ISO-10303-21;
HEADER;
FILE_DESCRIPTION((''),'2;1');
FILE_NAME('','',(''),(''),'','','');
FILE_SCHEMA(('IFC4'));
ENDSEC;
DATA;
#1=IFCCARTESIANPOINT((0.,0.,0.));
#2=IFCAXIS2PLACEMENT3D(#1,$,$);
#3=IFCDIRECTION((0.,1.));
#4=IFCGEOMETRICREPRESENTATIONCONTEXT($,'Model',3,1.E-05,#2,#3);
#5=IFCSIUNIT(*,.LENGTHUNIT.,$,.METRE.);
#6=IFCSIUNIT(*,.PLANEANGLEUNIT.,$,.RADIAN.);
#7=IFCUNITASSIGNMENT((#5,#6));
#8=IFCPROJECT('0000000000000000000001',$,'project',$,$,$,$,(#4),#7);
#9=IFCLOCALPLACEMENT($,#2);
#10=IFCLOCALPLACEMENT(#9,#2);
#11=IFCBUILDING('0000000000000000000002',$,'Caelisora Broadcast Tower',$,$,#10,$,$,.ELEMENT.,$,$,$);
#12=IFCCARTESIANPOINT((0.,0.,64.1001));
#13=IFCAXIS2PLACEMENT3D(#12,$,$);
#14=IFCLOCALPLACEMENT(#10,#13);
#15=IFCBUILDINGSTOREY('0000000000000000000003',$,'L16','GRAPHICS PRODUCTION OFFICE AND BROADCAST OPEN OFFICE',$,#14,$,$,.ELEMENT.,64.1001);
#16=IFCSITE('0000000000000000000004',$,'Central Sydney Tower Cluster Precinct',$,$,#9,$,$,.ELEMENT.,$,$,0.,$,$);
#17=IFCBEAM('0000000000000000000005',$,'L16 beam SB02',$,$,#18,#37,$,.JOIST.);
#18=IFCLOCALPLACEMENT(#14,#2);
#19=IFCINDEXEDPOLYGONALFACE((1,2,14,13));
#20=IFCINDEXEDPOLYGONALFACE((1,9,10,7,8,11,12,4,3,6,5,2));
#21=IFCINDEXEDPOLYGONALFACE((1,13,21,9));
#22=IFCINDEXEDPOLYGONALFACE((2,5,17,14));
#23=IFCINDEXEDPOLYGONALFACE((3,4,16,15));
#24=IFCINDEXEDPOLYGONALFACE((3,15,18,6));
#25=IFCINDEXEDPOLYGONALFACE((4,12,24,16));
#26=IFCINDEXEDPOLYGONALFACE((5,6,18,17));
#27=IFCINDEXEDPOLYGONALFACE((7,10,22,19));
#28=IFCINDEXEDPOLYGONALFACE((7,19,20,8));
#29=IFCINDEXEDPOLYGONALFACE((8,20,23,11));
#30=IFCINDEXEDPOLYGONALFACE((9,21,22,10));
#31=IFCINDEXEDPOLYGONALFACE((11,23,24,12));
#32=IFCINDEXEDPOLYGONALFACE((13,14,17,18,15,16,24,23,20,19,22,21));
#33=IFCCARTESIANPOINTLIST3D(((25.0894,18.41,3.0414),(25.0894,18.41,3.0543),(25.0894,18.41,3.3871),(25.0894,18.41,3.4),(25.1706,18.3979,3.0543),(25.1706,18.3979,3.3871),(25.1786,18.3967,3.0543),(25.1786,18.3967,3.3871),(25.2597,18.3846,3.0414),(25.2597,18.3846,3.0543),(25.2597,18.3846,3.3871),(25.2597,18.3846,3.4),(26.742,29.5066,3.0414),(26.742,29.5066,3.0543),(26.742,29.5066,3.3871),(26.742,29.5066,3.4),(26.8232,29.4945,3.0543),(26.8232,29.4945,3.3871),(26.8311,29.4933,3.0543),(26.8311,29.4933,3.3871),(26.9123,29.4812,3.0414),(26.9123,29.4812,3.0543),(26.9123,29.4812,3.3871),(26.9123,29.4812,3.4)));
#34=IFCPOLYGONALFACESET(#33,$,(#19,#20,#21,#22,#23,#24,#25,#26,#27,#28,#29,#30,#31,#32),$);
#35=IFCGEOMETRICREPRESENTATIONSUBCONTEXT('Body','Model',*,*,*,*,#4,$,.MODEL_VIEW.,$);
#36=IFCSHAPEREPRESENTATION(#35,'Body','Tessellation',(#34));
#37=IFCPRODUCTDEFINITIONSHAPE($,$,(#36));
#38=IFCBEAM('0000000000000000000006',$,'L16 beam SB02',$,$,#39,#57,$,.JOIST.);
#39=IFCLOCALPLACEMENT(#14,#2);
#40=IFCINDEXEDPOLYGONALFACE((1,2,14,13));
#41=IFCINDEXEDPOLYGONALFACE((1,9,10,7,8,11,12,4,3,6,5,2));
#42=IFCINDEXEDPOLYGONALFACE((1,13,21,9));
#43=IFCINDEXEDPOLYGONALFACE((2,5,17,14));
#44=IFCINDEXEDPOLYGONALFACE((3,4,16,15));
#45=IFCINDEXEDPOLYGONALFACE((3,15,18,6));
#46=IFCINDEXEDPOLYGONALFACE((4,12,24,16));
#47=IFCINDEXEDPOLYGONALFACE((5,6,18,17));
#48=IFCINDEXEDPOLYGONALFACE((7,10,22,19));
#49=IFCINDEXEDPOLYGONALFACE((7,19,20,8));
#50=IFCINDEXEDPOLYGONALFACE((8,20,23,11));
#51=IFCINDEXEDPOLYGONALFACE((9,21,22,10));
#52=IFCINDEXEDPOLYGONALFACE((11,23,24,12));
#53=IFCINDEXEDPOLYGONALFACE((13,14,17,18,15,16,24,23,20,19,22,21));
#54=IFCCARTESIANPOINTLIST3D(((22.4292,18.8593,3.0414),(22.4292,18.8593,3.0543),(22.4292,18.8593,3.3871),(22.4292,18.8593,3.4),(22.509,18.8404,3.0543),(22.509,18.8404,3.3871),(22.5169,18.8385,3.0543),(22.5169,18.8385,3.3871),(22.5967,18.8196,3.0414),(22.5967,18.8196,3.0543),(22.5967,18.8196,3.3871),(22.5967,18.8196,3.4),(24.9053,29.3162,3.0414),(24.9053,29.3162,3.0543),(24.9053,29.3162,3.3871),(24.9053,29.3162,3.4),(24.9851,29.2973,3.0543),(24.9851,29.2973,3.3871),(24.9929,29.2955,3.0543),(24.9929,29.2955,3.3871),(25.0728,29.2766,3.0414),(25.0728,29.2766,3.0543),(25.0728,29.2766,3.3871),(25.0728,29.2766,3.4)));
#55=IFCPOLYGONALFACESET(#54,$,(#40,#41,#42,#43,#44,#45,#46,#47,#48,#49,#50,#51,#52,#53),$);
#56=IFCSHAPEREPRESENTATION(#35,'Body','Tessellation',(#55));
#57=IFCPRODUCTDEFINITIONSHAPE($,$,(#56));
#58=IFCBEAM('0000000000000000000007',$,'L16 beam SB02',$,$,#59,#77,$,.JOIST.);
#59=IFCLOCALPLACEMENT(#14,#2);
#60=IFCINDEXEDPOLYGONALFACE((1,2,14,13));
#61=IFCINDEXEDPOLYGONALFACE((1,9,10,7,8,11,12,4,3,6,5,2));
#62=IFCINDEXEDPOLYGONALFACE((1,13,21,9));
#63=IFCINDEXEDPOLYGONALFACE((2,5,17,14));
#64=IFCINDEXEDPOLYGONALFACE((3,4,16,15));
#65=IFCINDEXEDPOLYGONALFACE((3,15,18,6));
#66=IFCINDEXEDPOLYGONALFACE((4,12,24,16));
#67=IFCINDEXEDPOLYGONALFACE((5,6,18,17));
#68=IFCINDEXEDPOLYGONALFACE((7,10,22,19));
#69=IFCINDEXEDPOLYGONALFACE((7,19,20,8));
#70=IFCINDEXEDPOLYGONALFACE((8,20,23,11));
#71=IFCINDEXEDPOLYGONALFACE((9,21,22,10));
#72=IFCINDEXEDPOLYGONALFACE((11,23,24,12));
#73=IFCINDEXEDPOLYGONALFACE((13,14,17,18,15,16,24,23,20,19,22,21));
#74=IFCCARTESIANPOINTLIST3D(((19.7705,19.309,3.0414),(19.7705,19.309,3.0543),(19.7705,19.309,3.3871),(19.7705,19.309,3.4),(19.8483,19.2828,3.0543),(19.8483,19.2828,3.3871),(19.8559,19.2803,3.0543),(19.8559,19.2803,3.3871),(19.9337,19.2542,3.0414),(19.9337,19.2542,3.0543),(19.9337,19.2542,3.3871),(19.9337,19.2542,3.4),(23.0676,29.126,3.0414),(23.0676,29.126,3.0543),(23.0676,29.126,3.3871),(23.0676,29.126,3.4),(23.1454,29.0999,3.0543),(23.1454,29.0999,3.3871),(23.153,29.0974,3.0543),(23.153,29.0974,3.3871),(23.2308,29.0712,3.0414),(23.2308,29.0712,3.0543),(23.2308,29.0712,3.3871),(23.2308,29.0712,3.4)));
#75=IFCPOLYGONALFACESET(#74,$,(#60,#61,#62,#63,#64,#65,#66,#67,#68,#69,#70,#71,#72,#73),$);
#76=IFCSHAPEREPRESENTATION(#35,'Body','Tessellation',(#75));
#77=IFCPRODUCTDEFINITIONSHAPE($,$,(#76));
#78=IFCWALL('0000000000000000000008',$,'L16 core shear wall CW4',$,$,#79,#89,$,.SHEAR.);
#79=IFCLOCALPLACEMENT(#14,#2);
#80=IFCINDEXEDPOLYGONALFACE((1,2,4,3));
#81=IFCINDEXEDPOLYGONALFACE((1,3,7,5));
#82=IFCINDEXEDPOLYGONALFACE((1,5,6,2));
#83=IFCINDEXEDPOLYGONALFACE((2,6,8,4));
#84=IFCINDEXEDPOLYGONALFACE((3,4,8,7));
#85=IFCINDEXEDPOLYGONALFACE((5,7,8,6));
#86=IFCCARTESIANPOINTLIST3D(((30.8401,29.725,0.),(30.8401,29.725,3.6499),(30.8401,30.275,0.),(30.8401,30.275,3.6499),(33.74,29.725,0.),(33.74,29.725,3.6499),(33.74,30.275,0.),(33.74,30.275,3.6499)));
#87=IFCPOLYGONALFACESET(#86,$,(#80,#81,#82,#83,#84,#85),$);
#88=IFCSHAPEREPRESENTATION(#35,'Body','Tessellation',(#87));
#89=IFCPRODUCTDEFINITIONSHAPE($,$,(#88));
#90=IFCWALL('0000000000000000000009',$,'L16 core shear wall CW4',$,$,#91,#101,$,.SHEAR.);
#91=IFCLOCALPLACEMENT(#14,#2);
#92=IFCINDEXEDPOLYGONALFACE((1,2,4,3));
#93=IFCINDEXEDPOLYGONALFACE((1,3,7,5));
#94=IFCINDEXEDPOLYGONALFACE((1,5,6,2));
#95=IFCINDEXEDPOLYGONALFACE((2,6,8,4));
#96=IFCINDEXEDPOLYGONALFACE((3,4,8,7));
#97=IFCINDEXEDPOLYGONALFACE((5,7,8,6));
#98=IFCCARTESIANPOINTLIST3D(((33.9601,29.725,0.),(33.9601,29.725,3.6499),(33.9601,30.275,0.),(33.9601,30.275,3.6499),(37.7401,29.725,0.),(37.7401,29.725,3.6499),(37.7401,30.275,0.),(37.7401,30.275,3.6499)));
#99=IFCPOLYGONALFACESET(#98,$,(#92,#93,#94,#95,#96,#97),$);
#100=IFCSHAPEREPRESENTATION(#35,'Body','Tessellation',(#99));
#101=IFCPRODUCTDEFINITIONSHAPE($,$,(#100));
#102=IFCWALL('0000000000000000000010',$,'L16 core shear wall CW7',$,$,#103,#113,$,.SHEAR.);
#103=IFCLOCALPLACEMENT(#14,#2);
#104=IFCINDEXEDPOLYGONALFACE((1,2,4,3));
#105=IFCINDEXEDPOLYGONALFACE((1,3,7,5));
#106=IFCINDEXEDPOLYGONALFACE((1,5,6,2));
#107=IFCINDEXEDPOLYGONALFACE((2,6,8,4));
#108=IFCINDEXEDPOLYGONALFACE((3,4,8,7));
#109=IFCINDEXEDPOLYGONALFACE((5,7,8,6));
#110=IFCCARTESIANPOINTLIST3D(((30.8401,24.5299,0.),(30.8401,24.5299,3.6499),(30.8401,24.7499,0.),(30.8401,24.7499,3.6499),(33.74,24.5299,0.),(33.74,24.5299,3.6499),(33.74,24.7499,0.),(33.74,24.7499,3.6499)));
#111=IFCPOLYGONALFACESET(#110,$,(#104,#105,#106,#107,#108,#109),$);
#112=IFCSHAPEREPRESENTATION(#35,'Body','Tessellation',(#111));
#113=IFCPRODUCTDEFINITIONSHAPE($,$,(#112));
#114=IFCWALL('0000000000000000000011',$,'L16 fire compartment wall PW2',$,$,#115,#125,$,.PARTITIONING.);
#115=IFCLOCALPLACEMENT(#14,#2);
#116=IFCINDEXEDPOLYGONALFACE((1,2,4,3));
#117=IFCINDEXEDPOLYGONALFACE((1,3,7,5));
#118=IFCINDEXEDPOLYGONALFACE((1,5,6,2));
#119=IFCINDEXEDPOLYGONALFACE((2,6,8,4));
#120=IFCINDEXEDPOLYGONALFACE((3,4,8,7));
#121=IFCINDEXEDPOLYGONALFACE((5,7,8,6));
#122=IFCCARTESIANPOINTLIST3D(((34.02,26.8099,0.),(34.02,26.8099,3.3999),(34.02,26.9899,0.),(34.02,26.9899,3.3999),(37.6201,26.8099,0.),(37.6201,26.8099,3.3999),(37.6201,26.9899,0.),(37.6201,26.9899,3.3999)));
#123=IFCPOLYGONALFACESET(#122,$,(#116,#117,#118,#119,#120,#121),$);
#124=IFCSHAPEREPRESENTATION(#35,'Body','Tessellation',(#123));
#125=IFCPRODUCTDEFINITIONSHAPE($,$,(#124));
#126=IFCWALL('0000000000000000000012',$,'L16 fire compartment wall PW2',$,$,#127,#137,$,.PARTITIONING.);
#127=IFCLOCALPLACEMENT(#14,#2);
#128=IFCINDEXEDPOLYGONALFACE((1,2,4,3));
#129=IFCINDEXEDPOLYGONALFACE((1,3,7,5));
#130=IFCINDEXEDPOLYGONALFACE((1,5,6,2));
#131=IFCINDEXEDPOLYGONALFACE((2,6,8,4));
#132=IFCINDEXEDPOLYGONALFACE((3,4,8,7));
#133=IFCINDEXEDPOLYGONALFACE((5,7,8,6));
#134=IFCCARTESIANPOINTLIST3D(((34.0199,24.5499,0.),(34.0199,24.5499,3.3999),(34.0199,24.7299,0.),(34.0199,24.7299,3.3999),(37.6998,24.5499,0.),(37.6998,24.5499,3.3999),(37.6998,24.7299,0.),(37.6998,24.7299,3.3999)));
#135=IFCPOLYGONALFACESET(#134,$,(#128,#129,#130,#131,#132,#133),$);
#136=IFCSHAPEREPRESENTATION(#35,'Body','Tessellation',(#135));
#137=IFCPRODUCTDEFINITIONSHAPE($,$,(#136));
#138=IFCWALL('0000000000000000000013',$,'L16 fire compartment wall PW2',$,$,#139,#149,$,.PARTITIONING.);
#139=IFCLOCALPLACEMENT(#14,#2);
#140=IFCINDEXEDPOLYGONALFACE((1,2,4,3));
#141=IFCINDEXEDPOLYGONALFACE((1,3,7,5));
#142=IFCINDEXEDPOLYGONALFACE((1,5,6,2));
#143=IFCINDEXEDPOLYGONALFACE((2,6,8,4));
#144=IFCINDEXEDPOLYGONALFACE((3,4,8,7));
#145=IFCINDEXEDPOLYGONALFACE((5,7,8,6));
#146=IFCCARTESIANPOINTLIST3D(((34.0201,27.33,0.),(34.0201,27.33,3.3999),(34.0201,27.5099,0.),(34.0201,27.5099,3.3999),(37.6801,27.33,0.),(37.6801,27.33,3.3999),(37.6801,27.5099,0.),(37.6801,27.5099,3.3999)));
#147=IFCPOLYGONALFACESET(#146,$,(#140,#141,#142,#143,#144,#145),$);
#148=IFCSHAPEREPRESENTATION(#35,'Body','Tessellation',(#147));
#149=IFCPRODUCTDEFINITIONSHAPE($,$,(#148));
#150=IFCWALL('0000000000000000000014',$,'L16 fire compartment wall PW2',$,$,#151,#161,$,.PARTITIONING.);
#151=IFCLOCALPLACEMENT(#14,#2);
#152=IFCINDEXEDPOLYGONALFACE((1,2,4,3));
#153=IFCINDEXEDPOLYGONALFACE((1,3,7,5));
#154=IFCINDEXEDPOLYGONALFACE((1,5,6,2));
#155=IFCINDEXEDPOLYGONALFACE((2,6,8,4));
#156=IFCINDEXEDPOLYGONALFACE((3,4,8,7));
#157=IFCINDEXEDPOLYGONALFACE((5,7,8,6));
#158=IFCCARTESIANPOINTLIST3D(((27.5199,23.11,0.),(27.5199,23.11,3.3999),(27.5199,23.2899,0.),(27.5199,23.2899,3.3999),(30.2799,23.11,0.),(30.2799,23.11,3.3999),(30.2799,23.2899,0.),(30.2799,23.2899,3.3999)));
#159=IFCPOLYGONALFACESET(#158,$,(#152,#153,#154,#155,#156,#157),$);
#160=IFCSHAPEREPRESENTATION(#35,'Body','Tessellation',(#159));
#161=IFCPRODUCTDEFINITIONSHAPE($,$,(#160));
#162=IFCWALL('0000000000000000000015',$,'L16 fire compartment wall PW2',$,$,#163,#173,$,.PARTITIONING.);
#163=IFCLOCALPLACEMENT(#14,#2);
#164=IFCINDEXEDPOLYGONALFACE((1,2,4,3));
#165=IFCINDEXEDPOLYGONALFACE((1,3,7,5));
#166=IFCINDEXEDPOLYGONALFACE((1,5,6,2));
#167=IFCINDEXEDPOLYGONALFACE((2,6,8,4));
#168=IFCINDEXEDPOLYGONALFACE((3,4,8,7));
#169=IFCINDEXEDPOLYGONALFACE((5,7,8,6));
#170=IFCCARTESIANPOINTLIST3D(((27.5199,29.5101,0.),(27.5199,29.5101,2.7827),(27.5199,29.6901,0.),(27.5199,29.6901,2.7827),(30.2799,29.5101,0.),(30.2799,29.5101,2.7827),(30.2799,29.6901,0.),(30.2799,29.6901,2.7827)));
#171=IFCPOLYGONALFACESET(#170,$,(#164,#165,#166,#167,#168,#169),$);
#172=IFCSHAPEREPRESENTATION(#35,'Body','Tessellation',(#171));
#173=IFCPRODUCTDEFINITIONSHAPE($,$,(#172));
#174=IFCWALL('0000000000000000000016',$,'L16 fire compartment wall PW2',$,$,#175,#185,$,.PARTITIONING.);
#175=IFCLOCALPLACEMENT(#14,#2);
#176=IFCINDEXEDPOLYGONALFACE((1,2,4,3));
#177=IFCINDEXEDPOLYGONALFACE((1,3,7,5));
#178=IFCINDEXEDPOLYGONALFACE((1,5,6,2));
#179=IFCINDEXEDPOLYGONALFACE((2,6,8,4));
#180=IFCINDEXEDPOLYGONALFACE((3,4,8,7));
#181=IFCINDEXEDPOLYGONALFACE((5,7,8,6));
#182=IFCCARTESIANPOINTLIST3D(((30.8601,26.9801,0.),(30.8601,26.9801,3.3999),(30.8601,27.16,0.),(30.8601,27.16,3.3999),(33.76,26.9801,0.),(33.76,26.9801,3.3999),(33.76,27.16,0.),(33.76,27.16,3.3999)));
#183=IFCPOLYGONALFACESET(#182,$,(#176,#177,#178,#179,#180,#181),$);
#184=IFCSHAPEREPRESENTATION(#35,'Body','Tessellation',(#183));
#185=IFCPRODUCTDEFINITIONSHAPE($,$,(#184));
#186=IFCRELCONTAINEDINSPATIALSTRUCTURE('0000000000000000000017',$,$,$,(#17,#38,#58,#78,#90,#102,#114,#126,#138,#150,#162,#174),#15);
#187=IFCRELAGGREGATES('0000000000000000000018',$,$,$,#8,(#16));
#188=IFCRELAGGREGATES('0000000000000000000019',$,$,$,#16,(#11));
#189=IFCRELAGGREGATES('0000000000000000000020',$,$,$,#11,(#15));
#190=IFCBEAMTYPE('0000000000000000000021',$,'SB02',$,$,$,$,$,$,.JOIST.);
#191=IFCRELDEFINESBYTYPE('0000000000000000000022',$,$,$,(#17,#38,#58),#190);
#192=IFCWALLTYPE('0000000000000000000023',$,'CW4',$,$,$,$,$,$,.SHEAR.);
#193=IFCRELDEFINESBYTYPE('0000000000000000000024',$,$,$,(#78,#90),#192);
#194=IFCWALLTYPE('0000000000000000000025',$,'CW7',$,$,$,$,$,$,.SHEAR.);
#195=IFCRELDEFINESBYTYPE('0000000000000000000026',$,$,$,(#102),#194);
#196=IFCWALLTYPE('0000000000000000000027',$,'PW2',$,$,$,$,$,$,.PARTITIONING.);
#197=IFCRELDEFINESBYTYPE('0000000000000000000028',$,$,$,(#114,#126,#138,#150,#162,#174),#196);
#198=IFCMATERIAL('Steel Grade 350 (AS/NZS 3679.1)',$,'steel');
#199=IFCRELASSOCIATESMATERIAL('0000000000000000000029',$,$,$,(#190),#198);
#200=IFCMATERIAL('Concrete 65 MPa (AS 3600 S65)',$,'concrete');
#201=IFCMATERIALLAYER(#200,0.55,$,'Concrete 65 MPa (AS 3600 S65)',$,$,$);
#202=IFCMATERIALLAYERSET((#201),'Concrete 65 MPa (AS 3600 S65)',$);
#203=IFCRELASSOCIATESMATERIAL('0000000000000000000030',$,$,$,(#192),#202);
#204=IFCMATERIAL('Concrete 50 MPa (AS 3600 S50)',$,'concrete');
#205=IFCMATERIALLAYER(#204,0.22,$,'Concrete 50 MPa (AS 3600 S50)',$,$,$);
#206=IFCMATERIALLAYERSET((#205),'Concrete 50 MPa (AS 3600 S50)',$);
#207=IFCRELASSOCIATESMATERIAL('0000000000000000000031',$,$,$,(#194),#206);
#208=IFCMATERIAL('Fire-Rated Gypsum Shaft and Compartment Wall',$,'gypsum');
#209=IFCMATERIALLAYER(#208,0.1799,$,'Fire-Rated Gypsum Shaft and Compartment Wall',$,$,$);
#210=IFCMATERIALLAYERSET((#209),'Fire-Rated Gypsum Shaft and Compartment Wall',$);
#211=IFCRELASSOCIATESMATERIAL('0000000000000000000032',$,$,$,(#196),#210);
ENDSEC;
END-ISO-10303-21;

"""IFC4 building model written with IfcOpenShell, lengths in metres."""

from ifc_helpers import new_model, si_unit, direction, frame, frame_2d, origin, origin_2d, place, context, subcontext, project, spatial, rectangle, i_section, extrude, source, transform, mapped, material, layer, layer_set, material_profile, profile_set, type_object, element, save


model = new_model("IFC4")

# Units and contexts
model_context = context("Model", 3, precision=1e-05, world=origin(), true_north=direction((0.0, 1.0)))
body_context = subcontext(model_context, "Body", "Model", "MODEL_VIEW")
ifc_project = project(units=[si_unit("LENGTHUNIT", "METRE"), si_unit("PLANEANGLEUNIT", "RADIAN")], contexts=[model_context])

# Site, building, storey
site_placement = place(None, origin())
site = spatial("IfcSite", under=ifc_project, at=site_placement, Name="Central Sydney Tower Cluster Precinct", CompositionType="ELEMENT", RefElevation=0.0)
building_placement = place(site_placement, origin())
building = spatial("IfcBuilding", under=site, at=building_placement, Name="Caelisora Broadcast Tower", CompositionType="ELEMENT")
storey_placement = place(building_placement, frame((0.0, 0.0, 64.1001)))
storey = spatial("IfcBuildingStorey", under=building, at=storey_placement, Name="L16", Description="GRAPHICS PRODUCTION OFFICE AND BROADCAST OPEN OFFICE", CompositionType="ELEMENT", Elevation=64.1001)

# Shared definitions
ifc_material_1 = material(Name="Steel Grade 350 (AS/NZS 3679.1)", Category="steel")

# Beams
ifc_material_profile_1 = material_profile(ifc_material_1, i_section(OverallWidth=0.1721, OverallDepth=0.3586, WebThickness=0.0081, FlangeThickness=0.0129, at=origin_2d()), Name="Steel Grade 350 (AS/NZS 3679.1)")
ifc_profile_set_1 = profile_set([ifc_material_profile_1], Name="Steel Grade 350 (AS/NZS 3679.1)")
beam_type_1 = type_object("IfcBeamType", Name="SB02", PredefinedType="JOIST", material=ifc_profile_set_1)
shared_shape_1 = source(origin(), body_context, "Body", "SweptSolid", [
    extrude(i_section(OverallWidth=0.1721, OverallDepth=0.3586, WebThickness=0.0081, FlangeThickness=0.0129, at=origin_2d()), origin(), (0.0, 0.0, 1.0), 11.219),
])
beam_1_placement = place(storey_placement, frame((26.8271, 29.4939, 3.2207), z_axis=(-0.147302, -0.989092, 0.0), x_axis=(0.989092, -0.147302, 0.0)))
element("IfcBeam", 1, at=beam_1_placement, inside=storey, type_object=beam_type_1, Name="L16 beam SB02", PredefinedType="JOIST", context=body_context, shape_type="MappedRepresentation", body=[
    mapped(shared_shape_1, transform((0.0, 0.0, 0.0), scale=1.0)),
])
shared_shape_2 = source(origin(), body_context, "Body", "SweptSolid", [
    extrude(i_section(OverallWidth=0.1721, OverallDepth=0.3586, WebThickness=0.0081, FlangeThickness=0.0129, at=origin_2d()), origin(), (0.0, 0.0, 1.0), 10.7461),
])
beam_2_placement = place(storey_placement, frame((24.989, 29.2964, 3.2207), z_axis=(-0.230414, -0.973093, 0.0), x_axis=(0.973093, -0.230414, 0.0)))
element("IfcBeam", 2, at=beam_2_placement, inside=storey, type_object=beam_type_1, Name="L16 beam SB02", PredefinedType="JOIST", context=body_context, shape_type="MappedRepresentation", body=[
    mapped(shared_shape_2, transform((0.0, 0.0, 0.0), scale=1.0)),
])
shared_shape_3 = source(origin(), body_context, "Body", "SweptSolid", [
    extrude(i_section(OverallWidth=0.1721, OverallDepth=0.3586, WebThickness=0.0081, FlangeThickness=0.0129, at=origin_2d()), origin(), (0.0, 0.0, 1.0), 10.356),
])
beam_3_placement = place(storey_placement, frame((23.1492, 29.0986, 3.2207), z_axis=(-0.318377, -0.947964, 0.0), x_axis=(0.947964, -0.318377, 0.0)))
element("IfcBeam", 3, at=beam_3_placement, inside=storey, type_object=beam_type_1, Name="L16 beam SB02", PredefinedType="JOIST", context=body_context, shape_type="MappedRepresentation", body=[
    mapped(shared_shape_3, transform((0.0, 0.0, 0.0), scale=1.0)),
])

# Walls
ifc_material_2 = material(Name="Concrete 65 MPa (AS 3600 S65)", Category="concrete")
ifc_layer_1 = layer(ifc_material_2, 0.55, Name="Concrete 65 MPa (AS 3600 S65)")
ifc_layer_set_1 = layer_set([ifc_layer_1], Name="Concrete 65 MPa (AS 3600 S65)")
wall_type_1 = type_object("IfcWallType", Name="CW4", PredefinedType="SHEAR", material=ifc_layer_set_1)
wall_1_placement = place(storey_placement, frame((30.8401, 30.0, 0.0), z_axis=(0.0, 0.0, 1.0), x_axis=(1.0, 0.0, 0.0)))
element("IfcWall", 4, at=wall_1_placement, inside=storey, type_object=wall_type_1, Name="L16 core shear wall CW4", PredefinedType="SHEAR", context=body_context, shape_type="SweptSolid", body=[
    extrude(rectangle(XDim=2.8999, YDim=0.55, at=frame_2d((1.45, 0.0))), origin(), (0.0, 0.0, 1.0), 3.6499),
])
wall_2_placement = place(storey_placement, frame((33.96, 30.0, 0.0), z_axis=(0.0, 0.0, 1.0), x_axis=(1.0, 0.0, 0.0)))
element("IfcWall", 5, at=wall_2_placement, inside=storey, type_object=wall_type_1, Name="L16 core shear wall CW4", PredefinedType="SHEAR", context=body_context, shape_type="SweptSolid", body=[
    extrude(rectangle(XDim=3.78, YDim=0.55, at=frame_2d((1.8901, 0.0))), origin(), (0.0, 0.0, 1.0), 3.6499),
])
ifc_material_3 = material(Name="Concrete 50 MPa (AS 3600 S50)", Category="concrete")
ifc_layer_2 = layer(ifc_material_3, 0.22, Name="Concrete 50 MPa (AS 3600 S50)")
ifc_layer_set_2 = layer_set([ifc_layer_2], Name="Concrete 50 MPa (AS 3600 S50)")
wall_type_2 = type_object("IfcWallType", Name="CW7", PredefinedType="SHEAR", material=ifc_layer_set_2)
wall_3_placement = place(storey_placement, frame((30.8401, 24.6399, 0.0), z_axis=(0.0, 0.0, 1.0), x_axis=(1.0, 0.0, 0.0)))
element("IfcWall", 6, at=wall_3_placement, inside=storey, type_object=wall_type_2, Name="L16 core shear wall CW7", PredefinedType="SHEAR", context=body_context, shape_type="SweptSolid", body=[
    extrude(rectangle(XDim=2.8999, YDim=0.22, at=frame_2d((1.45, 0.0))), origin(), (0.0, 0.0, 1.0), 3.6499),
])
ifc_material_4 = material(Name="Fire-Rated Gypsum Shaft and Compartment Wall", Category="gypsum")
ifc_layer_3 = layer(ifc_material_4, 0.1799, Name="Fire-Rated Gypsum Shaft and Compartment Wall")
ifc_layer_set_3 = layer_set([ifc_layer_3], Name="Fire-Rated Gypsum Shaft and Compartment Wall")
wall_type_3 = type_object("IfcWallType", Name="PW2", PredefinedType="PARTITIONING", material=ifc_layer_set_3)
wall_4_placement = place(storey_placement, frame((34.02, 26.8999, 0.0), z_axis=(0.0, 0.0, 1.0), x_axis=(1.0, 0.0, 0.0)))
element("IfcWall", 7, at=wall_4_placement, inside=storey, type_object=wall_type_3, Name="L16 fire compartment wall PW2", PredefinedType="PARTITIONING", context=body_context, shape_type="SweptSolid", body=[
    extrude(rectangle(XDim=3.6001, YDim=0.1799, at=frame_2d((1.8, 0.0))), origin(), (0.0, 0.0, 1.0), 3.3999),
])
wall_5_placement = place(storey_placement, frame((34.02, 24.6399, 0.0), z_axis=(0.0, 0.0, 1.0), x_axis=(1.0, 0.0, 0.0)))
element("IfcWall", 8, at=wall_5_placement, inside=storey, type_object=wall_type_3, Name="L16 fire compartment wall PW2", PredefinedType="PARTITIONING", context=body_context, shape_type="SweptSolid", body=[
    extrude(rectangle(XDim=3.6799, YDim=0.1799, at=frame_2d((1.8398, 0.0))), origin(), (0.0, 0.0, 1.0), 3.3999),
])
wall_6_placement = place(storey_placement, frame((34.02, 27.4199, 0.0), z_axis=(0.0, 0.0, 1.0), x_axis=(1.0, 0.0, 0.0)))
element("IfcWall", 9, at=wall_6_placement, inside=storey, type_object=wall_type_3, Name="L16 fire compartment wall PW2", PredefinedType="PARTITIONING", context=body_context, shape_type="SweptSolid", body=[
    extrude(rectangle(XDim=3.6599, YDim=0.1799, at=frame_2d((1.8301, 0.0))), origin(), (0.0, 0.0, 1.0), 3.3999),
])
wall_7_placement = place(storey_placement, frame((27.52, 23.2, 0.0), z_axis=(0.0, 0.0, 1.0), x_axis=(1.0, 0.0, 0.0)))
element("IfcWall", 10, at=wall_7_placement, inside=storey, type_object=wall_type_3, Name="L16 fire compartment wall PW2", PredefinedType="PARTITIONING", context=body_context, shape_type="SweptSolid", body=[
    extrude(rectangle(XDim=2.76, YDim=0.1799, at=frame_2d((1.3799, 0.0))), origin(), (0.0, 0.0, 1.0), 3.3999),
])
wall_8_placement = place(storey_placement, frame((27.52, 29.6001, 0.0), z_axis=(0.0, 0.0, 1.0), x_axis=(1.0, 0.0, 0.0)))
element("IfcWall", 11, at=wall_8_placement, inside=storey, type_object=wall_type_3, Name="L16 fire compartment wall PW2", PredefinedType="PARTITIONING", context=body_context, shape_type="SweptSolid", body=[
    extrude(rectangle(XDim=2.76, YDim=0.1799, at=frame_2d((1.3799, 0.0))), origin(), (0.0, 0.0, 1.0), 2.7827),
])
wall_9_placement = place(storey_placement, frame((30.8601, 27.0701, 0.0), z_axis=(0.0, 0.0, 1.0), x_axis=(1.0, 0.0, 0.0)))
element("IfcWall", 12, at=wall_9_placement, inside=storey, type_object=wall_type_3, Name="L16 fire compartment wall PW2", PredefinedType="PARTITIONING", context=body_context, shape_type="SweptSolid", body=[
    extrude(rectangle(XDim=2.8999, YDim=0.1799, at=frame_2d((1.45, 0.0))), origin(), (0.0, 0.0, 1.0), 3.3999),
])

save(model, "model.ifc")
